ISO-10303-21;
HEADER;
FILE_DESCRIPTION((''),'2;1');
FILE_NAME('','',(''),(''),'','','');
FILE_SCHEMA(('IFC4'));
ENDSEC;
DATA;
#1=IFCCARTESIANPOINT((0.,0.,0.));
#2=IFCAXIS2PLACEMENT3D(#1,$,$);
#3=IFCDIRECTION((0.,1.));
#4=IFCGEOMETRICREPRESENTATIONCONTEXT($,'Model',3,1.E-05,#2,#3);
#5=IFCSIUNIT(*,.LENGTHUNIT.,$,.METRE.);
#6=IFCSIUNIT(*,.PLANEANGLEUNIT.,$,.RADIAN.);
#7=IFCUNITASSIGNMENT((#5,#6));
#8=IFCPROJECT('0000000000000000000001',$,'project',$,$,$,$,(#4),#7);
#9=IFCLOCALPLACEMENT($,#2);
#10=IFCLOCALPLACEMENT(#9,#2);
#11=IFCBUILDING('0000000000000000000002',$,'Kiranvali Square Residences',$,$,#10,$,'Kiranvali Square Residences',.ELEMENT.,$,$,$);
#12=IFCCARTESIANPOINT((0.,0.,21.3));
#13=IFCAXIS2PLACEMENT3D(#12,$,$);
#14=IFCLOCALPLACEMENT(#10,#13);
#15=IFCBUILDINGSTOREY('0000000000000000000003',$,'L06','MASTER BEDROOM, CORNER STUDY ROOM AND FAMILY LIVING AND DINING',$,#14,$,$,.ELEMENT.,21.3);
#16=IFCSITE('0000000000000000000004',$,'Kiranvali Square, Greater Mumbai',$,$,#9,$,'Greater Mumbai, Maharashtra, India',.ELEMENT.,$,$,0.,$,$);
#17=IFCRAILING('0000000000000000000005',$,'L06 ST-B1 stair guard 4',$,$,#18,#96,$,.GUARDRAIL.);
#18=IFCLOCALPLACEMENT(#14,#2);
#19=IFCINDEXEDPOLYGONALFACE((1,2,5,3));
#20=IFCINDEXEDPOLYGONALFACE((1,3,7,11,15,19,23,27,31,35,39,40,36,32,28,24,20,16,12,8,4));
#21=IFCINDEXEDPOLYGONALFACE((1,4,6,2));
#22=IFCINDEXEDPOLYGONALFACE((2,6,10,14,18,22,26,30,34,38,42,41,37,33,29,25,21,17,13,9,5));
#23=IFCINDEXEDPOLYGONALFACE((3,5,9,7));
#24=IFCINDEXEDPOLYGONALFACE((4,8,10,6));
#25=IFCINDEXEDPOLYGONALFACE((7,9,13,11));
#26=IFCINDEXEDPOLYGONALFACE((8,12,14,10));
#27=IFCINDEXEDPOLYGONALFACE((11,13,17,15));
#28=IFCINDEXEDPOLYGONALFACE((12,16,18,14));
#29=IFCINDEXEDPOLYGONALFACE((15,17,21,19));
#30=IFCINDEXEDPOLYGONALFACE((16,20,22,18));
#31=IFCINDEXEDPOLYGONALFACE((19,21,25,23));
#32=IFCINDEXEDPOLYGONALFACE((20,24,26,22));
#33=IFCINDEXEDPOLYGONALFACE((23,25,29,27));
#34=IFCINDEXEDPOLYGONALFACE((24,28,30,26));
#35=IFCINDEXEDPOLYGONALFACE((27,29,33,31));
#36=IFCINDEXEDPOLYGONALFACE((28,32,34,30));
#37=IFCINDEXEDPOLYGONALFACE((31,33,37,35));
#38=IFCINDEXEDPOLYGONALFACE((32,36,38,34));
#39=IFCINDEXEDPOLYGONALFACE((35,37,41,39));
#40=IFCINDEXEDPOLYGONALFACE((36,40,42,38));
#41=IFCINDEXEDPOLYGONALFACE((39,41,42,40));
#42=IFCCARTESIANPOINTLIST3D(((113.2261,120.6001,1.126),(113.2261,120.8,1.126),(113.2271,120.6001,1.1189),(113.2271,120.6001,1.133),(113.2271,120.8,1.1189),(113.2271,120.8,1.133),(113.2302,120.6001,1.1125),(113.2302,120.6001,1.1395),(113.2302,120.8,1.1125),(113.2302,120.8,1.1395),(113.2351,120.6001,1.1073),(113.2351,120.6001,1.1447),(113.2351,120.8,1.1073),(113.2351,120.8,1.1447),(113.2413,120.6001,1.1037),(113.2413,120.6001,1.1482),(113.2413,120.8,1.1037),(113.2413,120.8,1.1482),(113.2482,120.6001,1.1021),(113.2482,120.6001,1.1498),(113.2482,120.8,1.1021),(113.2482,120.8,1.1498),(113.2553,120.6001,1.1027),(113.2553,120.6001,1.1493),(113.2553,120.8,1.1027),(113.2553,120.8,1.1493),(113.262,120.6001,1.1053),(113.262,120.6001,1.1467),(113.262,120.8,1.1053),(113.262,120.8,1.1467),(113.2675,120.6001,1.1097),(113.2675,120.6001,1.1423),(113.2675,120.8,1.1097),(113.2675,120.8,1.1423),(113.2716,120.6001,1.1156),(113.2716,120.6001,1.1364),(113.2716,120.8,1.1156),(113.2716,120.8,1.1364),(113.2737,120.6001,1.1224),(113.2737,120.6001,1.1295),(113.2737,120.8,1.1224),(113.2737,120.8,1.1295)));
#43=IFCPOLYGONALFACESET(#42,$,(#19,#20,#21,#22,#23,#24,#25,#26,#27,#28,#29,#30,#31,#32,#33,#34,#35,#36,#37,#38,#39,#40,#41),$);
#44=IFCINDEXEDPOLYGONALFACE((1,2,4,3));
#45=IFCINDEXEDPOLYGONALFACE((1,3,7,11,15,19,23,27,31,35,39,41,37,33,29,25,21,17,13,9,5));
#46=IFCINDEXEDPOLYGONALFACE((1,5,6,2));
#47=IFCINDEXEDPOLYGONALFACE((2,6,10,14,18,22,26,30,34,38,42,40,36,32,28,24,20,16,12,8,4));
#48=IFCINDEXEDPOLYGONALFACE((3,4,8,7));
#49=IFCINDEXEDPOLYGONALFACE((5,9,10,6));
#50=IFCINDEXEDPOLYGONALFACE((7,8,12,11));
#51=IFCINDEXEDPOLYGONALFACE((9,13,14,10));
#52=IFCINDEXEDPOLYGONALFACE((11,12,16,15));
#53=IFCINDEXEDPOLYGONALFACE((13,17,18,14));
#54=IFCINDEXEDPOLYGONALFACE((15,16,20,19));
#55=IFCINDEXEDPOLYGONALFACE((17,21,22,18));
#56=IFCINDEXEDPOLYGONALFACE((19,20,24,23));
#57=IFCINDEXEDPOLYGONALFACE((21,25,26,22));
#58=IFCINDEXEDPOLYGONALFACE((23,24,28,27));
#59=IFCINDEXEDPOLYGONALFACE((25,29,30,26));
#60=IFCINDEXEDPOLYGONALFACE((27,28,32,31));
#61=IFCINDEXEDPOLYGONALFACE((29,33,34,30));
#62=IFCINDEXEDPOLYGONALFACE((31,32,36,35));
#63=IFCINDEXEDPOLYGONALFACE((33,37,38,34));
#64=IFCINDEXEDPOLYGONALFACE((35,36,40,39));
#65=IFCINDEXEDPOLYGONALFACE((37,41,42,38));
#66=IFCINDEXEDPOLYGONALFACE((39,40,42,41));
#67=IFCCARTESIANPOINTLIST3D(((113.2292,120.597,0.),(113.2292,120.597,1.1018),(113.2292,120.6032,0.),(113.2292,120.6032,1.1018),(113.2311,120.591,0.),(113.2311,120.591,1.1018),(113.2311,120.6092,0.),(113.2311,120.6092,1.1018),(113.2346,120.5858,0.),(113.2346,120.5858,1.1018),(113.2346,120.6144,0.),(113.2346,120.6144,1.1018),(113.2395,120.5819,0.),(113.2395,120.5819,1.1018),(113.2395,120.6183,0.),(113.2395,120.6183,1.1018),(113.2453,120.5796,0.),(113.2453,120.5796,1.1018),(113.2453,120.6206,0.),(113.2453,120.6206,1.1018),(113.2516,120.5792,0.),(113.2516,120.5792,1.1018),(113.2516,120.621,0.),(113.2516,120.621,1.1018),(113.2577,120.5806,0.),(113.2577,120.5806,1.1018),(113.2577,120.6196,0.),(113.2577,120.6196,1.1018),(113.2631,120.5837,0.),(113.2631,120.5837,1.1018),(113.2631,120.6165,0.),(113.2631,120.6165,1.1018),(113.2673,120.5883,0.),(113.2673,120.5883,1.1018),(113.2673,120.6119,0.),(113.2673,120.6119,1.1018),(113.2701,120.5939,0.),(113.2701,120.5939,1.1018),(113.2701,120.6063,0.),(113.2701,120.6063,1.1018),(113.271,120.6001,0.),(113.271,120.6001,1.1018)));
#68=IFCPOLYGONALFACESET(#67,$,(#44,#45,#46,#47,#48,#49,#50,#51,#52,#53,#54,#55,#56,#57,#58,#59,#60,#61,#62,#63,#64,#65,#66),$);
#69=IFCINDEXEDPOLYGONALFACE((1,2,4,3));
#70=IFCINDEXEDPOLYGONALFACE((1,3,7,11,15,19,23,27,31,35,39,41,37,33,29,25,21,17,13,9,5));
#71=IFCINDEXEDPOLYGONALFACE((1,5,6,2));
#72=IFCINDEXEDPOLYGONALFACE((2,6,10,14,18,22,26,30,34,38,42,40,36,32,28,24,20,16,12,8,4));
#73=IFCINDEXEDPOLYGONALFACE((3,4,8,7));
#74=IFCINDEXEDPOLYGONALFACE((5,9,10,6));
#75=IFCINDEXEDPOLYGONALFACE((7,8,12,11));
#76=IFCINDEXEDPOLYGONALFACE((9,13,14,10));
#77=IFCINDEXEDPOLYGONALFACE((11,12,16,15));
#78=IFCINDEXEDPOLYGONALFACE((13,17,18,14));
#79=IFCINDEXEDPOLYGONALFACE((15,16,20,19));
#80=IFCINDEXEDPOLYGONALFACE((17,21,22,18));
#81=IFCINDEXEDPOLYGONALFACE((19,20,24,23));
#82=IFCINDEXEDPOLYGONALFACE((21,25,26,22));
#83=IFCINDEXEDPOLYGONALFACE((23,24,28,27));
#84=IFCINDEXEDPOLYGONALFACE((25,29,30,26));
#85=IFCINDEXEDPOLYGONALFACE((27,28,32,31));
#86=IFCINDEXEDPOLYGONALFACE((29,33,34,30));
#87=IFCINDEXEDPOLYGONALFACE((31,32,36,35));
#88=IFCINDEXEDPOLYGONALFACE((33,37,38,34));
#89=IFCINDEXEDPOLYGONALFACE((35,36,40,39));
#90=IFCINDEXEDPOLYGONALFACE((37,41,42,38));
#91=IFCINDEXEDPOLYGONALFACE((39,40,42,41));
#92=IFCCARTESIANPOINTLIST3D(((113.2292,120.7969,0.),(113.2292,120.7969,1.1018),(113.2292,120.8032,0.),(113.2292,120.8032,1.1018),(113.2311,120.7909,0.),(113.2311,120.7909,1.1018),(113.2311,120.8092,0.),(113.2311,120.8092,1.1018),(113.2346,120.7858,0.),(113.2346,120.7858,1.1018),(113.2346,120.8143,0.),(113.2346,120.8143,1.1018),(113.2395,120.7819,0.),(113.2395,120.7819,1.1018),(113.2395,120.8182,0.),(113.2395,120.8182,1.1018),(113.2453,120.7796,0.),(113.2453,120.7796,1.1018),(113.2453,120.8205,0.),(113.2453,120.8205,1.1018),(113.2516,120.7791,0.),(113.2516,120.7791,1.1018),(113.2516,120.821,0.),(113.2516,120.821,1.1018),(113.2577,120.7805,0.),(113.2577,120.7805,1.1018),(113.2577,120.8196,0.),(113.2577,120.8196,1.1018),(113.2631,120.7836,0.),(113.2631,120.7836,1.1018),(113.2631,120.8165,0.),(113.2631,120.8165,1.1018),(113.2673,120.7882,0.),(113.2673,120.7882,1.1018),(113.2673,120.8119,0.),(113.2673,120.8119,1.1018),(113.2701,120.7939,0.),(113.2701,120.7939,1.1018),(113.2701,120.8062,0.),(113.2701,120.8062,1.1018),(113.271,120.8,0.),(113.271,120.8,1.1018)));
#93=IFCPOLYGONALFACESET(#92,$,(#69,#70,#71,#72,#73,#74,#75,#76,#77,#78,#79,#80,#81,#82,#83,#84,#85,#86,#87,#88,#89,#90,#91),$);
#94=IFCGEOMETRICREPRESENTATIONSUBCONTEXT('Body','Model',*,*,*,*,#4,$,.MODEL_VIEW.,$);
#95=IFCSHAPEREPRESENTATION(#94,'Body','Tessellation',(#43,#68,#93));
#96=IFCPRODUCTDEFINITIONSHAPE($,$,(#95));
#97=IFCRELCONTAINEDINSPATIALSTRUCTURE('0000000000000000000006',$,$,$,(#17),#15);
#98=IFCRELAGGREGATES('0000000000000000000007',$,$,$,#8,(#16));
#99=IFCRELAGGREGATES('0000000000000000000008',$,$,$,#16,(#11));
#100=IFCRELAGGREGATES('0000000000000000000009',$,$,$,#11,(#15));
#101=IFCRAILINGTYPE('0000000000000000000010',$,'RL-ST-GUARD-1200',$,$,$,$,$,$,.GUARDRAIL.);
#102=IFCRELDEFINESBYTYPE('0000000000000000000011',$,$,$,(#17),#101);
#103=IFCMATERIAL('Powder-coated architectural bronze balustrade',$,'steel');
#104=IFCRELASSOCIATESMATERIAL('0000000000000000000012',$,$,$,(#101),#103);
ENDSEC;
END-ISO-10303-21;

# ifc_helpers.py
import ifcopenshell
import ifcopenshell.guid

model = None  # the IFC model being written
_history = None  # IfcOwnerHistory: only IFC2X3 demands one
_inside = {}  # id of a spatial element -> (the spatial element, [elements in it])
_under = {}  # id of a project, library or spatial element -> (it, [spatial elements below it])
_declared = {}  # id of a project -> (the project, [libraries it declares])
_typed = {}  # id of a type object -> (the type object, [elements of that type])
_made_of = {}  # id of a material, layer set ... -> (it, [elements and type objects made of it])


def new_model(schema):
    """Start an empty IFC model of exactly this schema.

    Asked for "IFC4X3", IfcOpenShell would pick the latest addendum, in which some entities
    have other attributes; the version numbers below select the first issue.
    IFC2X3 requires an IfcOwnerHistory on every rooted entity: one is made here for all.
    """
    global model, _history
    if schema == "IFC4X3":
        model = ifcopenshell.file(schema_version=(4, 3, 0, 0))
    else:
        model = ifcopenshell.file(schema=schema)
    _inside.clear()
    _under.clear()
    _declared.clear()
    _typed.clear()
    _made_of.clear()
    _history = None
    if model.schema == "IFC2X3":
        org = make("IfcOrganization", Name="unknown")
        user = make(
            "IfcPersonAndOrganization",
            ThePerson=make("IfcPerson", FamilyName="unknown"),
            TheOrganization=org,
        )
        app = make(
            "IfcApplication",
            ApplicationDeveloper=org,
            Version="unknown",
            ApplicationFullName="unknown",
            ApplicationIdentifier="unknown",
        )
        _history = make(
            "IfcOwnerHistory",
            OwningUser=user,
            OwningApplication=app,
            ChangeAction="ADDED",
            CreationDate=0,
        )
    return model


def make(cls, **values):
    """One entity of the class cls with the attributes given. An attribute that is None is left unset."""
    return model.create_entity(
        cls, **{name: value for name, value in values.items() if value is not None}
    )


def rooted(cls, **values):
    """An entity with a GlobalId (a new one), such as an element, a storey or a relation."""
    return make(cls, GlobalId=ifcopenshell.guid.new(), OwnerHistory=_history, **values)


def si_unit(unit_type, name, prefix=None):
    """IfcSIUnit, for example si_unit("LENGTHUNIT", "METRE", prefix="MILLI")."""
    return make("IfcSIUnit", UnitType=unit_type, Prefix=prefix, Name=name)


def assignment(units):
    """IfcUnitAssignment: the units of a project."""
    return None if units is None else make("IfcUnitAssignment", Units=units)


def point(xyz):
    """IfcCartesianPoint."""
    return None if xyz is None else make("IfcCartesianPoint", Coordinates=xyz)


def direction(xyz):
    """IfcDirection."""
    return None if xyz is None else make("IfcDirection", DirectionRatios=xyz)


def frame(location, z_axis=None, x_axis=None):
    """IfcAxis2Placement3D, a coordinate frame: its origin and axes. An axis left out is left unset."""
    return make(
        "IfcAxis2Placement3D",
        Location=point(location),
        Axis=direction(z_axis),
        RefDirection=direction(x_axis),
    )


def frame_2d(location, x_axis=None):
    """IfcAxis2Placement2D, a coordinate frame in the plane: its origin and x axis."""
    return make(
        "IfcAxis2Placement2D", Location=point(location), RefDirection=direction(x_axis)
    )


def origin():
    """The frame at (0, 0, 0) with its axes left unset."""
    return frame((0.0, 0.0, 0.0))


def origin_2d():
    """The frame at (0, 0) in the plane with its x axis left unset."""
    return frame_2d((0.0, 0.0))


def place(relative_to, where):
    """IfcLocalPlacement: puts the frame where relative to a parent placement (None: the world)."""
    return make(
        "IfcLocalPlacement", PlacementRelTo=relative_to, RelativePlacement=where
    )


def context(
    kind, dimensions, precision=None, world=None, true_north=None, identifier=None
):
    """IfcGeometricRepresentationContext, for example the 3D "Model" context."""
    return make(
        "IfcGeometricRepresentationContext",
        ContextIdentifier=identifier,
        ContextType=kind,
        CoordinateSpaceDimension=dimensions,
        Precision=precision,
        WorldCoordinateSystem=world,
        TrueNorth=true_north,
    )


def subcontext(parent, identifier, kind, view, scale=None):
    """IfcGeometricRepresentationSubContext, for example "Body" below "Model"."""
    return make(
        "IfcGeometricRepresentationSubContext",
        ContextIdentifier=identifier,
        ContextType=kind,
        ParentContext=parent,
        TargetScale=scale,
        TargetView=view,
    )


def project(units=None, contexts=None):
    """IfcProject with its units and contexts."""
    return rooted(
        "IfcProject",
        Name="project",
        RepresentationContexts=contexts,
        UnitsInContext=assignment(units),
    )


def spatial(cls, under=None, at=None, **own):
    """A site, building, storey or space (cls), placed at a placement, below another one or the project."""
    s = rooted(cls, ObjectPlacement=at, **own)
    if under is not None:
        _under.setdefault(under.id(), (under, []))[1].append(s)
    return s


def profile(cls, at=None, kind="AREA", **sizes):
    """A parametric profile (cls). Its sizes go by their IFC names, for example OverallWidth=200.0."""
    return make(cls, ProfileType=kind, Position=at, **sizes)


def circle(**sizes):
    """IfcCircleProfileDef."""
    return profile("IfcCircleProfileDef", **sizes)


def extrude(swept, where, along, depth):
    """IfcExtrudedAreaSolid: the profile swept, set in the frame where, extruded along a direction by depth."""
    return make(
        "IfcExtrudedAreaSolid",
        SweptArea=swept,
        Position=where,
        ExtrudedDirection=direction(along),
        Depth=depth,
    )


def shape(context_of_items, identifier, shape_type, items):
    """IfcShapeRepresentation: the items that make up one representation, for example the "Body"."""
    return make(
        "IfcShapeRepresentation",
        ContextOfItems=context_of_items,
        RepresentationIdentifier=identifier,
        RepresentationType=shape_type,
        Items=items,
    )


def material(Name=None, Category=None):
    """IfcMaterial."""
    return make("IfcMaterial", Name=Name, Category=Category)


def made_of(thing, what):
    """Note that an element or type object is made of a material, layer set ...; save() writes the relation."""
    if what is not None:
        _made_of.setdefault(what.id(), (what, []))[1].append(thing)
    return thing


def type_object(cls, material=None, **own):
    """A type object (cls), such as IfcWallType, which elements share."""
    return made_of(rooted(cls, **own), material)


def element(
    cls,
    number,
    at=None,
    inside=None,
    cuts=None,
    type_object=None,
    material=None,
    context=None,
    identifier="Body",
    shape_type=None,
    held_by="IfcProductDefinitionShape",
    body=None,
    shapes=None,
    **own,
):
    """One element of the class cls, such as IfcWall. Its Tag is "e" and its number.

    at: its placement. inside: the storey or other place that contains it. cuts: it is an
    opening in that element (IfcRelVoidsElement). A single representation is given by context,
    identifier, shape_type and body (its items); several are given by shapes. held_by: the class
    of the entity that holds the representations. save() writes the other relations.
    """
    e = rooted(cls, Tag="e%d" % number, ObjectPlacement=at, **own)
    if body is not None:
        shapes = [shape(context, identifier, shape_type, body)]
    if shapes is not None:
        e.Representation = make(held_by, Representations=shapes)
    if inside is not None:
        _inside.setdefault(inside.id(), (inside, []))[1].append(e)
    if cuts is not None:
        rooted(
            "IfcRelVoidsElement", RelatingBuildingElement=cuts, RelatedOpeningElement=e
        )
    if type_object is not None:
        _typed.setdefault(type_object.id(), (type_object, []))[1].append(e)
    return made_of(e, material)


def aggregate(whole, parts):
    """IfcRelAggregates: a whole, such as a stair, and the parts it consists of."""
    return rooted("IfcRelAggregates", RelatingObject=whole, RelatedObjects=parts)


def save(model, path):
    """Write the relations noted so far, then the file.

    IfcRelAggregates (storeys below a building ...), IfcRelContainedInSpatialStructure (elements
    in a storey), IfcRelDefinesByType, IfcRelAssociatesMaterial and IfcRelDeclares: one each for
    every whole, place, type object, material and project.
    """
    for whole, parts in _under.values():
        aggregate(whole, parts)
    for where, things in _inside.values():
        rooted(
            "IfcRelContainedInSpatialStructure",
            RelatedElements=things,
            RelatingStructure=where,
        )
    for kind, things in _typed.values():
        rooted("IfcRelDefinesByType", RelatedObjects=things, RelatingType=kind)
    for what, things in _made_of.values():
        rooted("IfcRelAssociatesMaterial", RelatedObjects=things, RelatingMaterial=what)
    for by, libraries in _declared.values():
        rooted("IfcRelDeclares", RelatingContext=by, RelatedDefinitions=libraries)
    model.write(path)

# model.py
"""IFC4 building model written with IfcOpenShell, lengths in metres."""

from ifc_helpers import new_model, si_unit, direction, frame, origin, origin_2d, place, context, subcontext, project, spatial, circle, extrude, material, type_object, element, save


model = new_model("IFC4")

# Units and contexts
model_context = context("Model", 3, precision=1e-05, world=origin(), true_north=direction((0.0, 1.0)))
body_context = subcontext(model_context, "Body", "Model", "MODEL_VIEW")
ifc_project = project(units=[si_unit("LENGTHUNIT", "METRE"), si_unit("PLANEANGLEUNIT", "RADIAN")], contexts=[model_context])

# Site, building, storey
site_placement = place(None, origin())
site = spatial("IfcSite", under=ifc_project, at=site_placement, Name="Kiranvali Square, Greater Mumbai", LongName="Greater Mumbai, Maharashtra, India", CompositionType="ELEMENT", RefElevation=0.0)
building_placement = place(site_placement, origin())
building = spatial("IfcBuilding", under=site, at=building_placement, Name="Kiranvali Square Residences", LongName="Kiranvali Square Residences", CompositionType="ELEMENT")
storey_placement = place(building_placement, frame((0.0, 0.0, 21.3)))
storey = spatial("IfcBuildingStorey", under=building, at=storey_placement, Name="L06", Description="MASTER BEDROOM, CORNER STUDY ROOM AND FAMILY LIVING AND DINING", CompositionType="ELEMENT", Elevation=21.3)

# Railing
ifc_material_1 = material(Name="Powder-coated architectural bronze balustrade", Category="steel")
railing_type_1 = type_object("IfcRailingType", Name="RL-ST-GUARD-1200", PredefinedType="GUARDRAIL", material=ifc_material_1)
railing_1_placement = place(storey_placement, frame((113.25, 120.6001, 0.0)))
element("IfcRailing", 1, at=railing_1_placement, inside=storey, type_object=railing_type_1, Name="L06 ST-B1 stair guard 4", PredefinedType="GUARDRAIL", context=body_context, shape_type="SweptSolid", body=[
    extrude(circle(Radius=0.0239, at=origin_2d()), frame((0.0, 0.0, 1.126), z_axis=(0.0, 1.0, 0.0), x_axis=(-1.0, 0.0, 0.0)), (0.0, 0.0, 1.0), 0.2),
    extrude(circle(Radius=0.021, at=origin_2d()), origin(), (0.0, 0.0, 1.0), 1.1018),
    extrude(circle(Radius=0.021, at=origin_2d()), frame((0.0, 0.2, 0.0)), (0.0, 0.0, 1.0), 1.1018),
])

save(model, "model.ifc")
